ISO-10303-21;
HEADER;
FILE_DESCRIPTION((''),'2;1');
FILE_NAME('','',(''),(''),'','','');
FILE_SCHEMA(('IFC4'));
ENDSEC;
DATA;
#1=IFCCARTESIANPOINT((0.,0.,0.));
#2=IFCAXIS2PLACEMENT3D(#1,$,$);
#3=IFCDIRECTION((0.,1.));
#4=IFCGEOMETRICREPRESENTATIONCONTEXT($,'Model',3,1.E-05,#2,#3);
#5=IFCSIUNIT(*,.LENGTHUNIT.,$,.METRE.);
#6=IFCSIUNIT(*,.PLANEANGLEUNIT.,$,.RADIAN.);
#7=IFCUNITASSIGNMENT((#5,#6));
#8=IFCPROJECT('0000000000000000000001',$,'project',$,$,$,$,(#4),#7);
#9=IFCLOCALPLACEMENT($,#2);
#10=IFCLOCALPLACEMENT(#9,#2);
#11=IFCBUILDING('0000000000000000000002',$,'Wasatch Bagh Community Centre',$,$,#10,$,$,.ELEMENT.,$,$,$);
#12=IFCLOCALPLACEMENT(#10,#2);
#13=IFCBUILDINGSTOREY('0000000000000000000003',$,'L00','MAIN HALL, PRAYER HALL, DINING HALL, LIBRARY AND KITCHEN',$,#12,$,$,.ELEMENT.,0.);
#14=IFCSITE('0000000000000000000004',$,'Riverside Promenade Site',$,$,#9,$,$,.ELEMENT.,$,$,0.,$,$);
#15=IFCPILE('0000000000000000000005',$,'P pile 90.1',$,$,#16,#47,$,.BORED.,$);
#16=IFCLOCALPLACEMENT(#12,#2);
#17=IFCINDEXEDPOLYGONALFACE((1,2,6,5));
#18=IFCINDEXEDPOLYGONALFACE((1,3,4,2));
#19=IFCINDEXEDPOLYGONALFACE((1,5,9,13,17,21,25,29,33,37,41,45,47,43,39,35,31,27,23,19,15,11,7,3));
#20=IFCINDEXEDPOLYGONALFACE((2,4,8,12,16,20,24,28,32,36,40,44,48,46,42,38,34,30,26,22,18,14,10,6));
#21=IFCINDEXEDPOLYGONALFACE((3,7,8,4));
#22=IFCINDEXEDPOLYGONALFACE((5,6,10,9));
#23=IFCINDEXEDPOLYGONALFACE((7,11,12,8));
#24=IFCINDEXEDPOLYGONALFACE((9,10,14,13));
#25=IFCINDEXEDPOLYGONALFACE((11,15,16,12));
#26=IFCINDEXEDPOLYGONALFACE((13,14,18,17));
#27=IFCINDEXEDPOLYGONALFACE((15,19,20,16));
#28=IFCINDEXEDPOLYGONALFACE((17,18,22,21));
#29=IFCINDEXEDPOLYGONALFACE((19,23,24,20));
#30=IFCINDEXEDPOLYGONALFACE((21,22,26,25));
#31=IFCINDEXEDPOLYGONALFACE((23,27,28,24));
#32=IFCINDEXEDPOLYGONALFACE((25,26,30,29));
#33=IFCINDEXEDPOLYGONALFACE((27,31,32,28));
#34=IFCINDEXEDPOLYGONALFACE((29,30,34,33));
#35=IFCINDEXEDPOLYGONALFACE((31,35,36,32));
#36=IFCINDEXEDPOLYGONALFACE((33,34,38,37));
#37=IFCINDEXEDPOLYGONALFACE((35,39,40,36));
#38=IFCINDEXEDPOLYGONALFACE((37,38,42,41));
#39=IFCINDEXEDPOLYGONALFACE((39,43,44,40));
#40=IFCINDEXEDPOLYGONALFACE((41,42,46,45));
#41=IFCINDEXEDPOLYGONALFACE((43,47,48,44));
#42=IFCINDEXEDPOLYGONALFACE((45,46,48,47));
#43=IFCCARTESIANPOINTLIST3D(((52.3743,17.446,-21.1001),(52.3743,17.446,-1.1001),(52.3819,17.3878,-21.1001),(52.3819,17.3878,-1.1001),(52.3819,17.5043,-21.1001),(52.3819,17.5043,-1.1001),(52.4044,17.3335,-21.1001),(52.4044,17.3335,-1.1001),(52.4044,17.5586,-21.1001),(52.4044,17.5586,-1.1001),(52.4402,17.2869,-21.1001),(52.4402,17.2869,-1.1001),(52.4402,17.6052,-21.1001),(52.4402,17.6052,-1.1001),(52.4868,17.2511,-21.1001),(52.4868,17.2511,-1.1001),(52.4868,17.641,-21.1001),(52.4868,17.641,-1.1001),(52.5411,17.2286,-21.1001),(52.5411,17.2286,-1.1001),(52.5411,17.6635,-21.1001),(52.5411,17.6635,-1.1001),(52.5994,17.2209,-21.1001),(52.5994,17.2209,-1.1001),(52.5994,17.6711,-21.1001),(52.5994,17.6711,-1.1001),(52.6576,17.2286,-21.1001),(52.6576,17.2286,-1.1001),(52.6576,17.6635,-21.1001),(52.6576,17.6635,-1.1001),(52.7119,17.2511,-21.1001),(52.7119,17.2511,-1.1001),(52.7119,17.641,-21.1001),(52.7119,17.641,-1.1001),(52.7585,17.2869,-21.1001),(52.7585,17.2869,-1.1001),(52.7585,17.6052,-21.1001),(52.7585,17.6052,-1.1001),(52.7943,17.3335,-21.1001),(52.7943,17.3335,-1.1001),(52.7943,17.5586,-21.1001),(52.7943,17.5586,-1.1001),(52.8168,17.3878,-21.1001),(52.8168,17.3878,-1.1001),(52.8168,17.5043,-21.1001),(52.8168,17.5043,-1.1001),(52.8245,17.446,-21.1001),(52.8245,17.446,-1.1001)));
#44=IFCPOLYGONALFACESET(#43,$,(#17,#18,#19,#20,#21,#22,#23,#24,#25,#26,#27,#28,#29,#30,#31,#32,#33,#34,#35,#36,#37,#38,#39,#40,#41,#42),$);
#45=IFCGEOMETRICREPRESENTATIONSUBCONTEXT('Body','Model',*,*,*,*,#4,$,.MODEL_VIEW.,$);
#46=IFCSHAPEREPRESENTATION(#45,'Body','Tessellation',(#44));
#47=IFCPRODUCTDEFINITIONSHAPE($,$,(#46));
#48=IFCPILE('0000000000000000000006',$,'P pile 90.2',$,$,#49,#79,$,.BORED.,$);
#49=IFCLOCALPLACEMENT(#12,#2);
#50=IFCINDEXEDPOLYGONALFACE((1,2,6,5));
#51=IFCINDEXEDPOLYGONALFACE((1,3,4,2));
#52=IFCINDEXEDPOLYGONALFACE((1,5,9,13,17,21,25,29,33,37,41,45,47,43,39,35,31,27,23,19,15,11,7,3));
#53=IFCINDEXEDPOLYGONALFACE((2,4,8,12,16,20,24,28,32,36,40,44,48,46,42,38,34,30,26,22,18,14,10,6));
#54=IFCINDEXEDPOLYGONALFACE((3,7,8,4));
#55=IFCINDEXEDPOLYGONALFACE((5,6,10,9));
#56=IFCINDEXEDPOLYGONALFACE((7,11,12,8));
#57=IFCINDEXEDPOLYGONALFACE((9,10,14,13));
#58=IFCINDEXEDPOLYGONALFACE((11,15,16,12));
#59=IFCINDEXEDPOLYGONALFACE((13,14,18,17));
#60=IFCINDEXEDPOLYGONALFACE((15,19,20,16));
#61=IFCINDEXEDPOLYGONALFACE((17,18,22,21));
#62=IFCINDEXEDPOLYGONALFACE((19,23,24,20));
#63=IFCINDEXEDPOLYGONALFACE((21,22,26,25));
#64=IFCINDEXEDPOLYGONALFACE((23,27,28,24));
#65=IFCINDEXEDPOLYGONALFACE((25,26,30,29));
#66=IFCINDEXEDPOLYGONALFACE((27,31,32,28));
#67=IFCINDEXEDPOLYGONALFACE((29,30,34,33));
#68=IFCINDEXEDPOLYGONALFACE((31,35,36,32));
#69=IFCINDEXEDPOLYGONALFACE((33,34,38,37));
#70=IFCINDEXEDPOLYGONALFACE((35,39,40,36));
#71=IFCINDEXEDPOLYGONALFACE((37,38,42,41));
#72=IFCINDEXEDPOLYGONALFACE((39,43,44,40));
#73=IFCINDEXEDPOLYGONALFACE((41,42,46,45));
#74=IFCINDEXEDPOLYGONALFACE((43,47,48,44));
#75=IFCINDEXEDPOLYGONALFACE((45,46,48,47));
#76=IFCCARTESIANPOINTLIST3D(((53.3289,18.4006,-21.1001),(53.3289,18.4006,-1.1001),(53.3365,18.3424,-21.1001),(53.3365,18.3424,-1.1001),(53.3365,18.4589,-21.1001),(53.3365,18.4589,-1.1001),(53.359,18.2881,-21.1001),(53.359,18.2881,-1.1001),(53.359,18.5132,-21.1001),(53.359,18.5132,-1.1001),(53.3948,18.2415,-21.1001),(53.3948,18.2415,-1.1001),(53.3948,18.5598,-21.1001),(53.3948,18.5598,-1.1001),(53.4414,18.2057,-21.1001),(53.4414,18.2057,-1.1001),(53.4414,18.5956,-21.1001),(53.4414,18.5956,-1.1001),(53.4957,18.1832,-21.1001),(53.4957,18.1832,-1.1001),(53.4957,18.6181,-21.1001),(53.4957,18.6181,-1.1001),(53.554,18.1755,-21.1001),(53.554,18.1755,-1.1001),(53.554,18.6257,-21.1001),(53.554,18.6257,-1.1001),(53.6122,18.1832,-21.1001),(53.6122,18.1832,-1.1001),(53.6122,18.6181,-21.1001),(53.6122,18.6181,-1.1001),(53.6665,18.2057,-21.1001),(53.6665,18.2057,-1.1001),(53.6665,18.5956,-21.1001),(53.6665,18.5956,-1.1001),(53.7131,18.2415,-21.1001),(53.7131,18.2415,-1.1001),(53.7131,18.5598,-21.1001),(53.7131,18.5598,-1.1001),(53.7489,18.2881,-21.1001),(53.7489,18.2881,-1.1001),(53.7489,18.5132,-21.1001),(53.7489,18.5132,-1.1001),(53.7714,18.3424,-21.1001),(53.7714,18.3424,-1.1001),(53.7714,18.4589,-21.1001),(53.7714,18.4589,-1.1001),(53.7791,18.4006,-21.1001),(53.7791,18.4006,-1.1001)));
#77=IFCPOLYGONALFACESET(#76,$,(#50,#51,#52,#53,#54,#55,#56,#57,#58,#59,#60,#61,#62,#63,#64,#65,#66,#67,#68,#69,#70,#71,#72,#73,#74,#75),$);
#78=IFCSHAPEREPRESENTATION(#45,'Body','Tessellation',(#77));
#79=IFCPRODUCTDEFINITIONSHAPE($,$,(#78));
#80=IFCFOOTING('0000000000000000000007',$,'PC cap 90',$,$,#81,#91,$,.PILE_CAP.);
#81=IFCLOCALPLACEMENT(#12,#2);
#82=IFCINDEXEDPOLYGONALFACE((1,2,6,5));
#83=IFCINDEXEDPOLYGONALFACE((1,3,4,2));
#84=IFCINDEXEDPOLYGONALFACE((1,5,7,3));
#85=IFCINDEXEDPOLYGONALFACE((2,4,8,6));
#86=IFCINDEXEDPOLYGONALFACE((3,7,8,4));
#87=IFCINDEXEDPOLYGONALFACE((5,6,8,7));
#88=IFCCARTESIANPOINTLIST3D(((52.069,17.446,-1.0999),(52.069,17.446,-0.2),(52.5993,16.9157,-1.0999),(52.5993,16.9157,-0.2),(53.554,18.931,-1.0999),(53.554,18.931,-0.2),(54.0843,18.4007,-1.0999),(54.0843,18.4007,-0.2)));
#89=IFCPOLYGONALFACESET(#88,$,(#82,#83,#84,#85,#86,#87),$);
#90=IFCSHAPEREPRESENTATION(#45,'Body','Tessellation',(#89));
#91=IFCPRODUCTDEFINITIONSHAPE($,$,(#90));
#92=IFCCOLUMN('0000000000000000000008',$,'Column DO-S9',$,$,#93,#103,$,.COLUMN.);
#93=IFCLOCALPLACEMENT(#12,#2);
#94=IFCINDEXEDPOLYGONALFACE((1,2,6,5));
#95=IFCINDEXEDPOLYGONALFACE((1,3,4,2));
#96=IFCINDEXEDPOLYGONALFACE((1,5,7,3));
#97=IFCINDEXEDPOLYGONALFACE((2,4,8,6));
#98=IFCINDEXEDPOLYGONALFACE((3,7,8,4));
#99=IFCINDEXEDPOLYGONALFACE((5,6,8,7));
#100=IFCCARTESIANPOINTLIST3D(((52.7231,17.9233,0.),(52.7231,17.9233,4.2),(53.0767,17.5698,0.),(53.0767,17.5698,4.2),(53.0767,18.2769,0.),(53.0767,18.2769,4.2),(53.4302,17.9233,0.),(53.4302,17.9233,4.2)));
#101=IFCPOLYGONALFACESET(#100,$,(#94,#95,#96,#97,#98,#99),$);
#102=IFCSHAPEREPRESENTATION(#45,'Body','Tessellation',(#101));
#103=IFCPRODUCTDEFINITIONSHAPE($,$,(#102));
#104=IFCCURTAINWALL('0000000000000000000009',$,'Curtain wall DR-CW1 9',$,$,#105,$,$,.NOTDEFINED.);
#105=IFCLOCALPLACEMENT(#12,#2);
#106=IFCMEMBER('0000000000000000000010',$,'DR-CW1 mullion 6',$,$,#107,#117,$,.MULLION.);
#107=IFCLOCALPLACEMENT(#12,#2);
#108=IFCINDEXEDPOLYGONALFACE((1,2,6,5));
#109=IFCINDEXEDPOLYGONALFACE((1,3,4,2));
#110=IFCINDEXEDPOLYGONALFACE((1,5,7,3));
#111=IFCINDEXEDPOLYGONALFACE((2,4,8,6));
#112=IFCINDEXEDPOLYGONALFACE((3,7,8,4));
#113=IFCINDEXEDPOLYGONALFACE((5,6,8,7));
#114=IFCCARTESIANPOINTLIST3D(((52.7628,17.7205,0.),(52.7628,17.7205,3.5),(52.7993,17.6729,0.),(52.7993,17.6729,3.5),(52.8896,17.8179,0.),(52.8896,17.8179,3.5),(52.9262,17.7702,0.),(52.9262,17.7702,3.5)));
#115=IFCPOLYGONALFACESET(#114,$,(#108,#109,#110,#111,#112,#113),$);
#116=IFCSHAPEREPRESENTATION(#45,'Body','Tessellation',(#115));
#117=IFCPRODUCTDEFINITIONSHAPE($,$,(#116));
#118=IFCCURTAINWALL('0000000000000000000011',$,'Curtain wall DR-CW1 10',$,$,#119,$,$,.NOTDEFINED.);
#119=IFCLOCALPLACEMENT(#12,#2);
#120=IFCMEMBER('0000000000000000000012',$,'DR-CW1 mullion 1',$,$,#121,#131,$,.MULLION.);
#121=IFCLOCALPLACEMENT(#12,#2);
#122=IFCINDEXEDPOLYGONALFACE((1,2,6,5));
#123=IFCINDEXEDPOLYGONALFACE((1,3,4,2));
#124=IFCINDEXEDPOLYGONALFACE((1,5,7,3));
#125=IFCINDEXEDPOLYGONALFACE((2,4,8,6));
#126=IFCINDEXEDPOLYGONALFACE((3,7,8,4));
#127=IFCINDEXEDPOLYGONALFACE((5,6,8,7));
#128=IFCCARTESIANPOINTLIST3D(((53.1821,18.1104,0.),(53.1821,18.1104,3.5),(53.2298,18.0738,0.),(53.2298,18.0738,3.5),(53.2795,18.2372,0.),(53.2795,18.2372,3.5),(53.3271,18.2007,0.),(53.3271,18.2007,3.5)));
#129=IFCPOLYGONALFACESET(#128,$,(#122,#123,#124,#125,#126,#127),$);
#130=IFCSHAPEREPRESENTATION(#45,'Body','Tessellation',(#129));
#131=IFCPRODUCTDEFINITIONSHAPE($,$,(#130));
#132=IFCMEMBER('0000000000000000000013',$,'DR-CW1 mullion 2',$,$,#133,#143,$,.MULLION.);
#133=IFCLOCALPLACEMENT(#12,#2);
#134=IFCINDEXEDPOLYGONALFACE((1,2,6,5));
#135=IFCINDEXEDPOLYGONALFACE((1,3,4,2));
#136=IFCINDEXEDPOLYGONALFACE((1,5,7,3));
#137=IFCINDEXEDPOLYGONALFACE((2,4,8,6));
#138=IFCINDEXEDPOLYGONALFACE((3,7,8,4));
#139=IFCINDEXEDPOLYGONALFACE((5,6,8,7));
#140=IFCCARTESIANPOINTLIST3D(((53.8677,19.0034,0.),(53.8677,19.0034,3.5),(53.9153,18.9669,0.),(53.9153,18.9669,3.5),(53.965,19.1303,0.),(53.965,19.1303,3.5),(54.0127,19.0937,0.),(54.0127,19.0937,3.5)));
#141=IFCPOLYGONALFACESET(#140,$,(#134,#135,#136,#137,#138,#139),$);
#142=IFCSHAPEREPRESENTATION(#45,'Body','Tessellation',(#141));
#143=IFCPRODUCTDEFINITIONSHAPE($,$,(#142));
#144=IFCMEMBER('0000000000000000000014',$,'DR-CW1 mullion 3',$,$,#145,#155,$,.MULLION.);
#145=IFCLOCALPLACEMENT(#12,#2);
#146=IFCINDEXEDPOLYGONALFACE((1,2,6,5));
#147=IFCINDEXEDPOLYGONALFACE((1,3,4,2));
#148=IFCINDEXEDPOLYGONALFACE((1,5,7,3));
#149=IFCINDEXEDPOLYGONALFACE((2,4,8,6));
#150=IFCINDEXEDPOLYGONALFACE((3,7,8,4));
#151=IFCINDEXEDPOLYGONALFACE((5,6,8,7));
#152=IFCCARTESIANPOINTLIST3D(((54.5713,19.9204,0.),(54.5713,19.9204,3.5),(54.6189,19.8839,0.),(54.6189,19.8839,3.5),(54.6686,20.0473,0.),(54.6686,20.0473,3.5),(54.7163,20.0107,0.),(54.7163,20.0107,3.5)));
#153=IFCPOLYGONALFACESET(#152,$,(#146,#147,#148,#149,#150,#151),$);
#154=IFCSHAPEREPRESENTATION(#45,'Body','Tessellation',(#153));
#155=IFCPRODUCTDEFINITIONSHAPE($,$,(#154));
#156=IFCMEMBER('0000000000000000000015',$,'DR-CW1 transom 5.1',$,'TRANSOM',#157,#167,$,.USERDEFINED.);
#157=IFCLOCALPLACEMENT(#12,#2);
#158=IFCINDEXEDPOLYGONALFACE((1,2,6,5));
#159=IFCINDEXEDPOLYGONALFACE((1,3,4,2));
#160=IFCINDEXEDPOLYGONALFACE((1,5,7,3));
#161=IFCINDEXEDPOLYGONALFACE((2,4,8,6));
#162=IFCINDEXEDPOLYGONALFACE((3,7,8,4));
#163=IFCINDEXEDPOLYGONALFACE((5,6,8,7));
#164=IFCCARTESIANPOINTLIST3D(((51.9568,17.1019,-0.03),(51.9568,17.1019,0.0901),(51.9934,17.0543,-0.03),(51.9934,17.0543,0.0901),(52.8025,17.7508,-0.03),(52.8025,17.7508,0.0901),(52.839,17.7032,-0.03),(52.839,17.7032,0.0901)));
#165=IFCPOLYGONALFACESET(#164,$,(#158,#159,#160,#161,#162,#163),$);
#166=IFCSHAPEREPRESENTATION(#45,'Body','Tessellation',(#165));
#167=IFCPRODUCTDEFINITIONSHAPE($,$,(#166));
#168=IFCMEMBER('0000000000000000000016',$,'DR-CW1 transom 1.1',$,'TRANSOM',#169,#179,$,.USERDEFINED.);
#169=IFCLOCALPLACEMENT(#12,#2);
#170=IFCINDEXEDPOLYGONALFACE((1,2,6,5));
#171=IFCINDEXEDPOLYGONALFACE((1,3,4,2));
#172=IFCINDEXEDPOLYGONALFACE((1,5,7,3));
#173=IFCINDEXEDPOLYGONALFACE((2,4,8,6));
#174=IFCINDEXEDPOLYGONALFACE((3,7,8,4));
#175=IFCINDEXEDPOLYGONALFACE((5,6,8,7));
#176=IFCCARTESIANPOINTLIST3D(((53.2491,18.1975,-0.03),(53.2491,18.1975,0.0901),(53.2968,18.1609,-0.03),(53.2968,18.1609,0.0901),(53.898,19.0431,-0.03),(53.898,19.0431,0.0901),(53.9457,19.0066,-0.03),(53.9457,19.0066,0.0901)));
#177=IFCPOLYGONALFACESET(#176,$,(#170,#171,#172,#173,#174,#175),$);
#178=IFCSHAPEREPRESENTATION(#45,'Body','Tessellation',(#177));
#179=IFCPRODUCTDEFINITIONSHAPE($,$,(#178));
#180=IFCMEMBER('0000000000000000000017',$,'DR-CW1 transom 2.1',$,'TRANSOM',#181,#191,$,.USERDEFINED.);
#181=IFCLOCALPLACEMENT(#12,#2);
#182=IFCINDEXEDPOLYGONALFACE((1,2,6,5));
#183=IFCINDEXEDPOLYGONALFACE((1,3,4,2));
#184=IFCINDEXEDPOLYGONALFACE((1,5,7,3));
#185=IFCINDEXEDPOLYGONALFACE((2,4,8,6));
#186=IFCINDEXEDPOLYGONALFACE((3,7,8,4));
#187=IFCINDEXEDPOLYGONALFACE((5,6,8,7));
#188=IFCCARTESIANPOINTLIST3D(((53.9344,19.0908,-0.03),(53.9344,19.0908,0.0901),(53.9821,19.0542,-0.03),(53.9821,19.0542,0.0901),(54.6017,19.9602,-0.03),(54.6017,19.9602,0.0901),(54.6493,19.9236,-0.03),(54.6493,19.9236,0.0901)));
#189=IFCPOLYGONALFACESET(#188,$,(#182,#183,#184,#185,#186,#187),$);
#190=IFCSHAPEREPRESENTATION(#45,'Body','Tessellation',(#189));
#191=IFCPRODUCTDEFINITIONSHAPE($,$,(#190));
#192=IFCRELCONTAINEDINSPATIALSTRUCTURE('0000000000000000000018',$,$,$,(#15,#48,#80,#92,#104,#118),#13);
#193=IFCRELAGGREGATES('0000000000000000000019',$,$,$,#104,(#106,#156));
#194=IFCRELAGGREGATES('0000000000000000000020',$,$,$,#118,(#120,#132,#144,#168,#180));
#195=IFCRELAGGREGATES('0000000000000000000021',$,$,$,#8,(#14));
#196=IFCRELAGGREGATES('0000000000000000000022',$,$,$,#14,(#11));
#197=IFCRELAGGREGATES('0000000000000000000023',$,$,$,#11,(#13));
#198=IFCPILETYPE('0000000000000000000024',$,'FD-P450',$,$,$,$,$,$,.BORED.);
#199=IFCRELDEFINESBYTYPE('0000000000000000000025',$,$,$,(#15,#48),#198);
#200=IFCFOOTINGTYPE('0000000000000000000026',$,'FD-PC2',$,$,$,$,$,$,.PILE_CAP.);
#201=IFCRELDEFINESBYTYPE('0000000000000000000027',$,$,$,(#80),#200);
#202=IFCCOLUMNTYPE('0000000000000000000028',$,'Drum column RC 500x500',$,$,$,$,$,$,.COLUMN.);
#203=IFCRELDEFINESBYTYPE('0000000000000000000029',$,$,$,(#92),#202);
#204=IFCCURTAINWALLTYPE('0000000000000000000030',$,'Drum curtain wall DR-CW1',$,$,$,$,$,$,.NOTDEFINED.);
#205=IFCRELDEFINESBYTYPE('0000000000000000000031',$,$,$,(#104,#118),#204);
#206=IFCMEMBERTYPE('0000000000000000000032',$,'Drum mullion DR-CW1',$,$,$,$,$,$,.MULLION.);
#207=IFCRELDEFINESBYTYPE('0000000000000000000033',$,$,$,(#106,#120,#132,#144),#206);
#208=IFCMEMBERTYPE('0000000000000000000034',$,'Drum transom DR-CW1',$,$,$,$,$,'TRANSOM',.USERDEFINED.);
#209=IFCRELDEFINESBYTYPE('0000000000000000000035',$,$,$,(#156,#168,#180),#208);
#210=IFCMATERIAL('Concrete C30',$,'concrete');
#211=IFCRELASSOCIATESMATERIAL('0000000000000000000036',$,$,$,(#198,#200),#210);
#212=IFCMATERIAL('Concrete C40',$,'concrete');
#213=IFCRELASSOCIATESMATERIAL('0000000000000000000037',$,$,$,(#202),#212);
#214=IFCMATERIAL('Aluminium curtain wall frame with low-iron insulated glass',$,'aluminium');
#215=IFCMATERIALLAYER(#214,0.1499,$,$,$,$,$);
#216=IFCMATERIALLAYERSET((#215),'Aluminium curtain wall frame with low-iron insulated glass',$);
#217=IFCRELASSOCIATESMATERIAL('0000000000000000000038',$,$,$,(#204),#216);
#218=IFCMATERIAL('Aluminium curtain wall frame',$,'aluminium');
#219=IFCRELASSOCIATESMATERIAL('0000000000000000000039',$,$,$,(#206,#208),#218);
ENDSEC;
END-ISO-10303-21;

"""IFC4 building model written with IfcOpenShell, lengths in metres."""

from ifc_helpers import new_model, si_unit, direction, frame, origin, origin_2d, place, context, subcontext, project, spatial, rectangle, circle, extrude, material, layer, layer_set, material_profile, profile_set, type_object, element, aggregate, save


model = new_model("IFC4")

# Units and contexts
model_context = context("Model", 3, precision=1e-05, world=origin(), true_north=direction((0.0, 1.0)))
body_context = subcontext(model_context, "Body", "Model", "MODEL_VIEW")
ifc_project = project(units=[si_unit("LENGTHUNIT", "METRE"), si_unit("PLANEANGLEUNIT", "RADIAN")], contexts=[model_context])

# Site, building, storey
site_placement = place(None, origin())
site = spatial("IfcSite", under=ifc_project, at=site_placement, Name="Riverside Promenade Site", CompositionType="ELEMENT", RefElevation=0.0)
building_placement = place(site_placement, origin())
building = spatial("IfcBuilding", under=site, at=building_placement, Name="Wasatch Bagh Community Centre", CompositionType="ELEMENT")
storey_placement = place(building_placement, origin())
storey = spatial("IfcBuildingStorey", under=building, at=storey_placement, Name="L00", Description="MAIN HALL, PRAYER HALL, DINING HALL, LIBRARY AND KITCHEN", CompositionType="ELEMENT", Elevation=0.0)

# Piles
ifc_material_1 = material(Name="Concrete C30", Category="concrete")
ifc_material_profile_1 = material_profile(ifc_material_1, circle(Radius=0.2251, at=origin_2d()), Name="RC D450")
ifc_profile_set_1 = profile_set([ifc_material_profile_1], Name="Concrete C30")
pile_type = type_object("IfcPileType", Name="FD-P450", PredefinedType="BORED", material=ifc_profile_set_1)
for number, where, z_axis, x_axis, name in (
    (1, (52.5994, 17.446, -1.1001), (0.0, 0.0, -1.0), (1.0, 0.0, 0.0), "P pile 90.1"),
    (2, (53.554, 18.4006, -1.1001), (0.0, 0.0, -1.0), (1.0, 0.0, 0.0), "P pile 90.2"),
):
    element("IfcPile", number, at=place(storey_placement, frame(where, z_axis=z_axis, x_axis=x_axis)), inside=storey, type_object=pile_type, Name=name, PredefinedType="BORED", context=body_context, shape_type="SweptSolid", body=[
        extrude(circle(Radius=0.2251, at=origin_2d()), origin(), (0.0, 0.0, 1.0), 20.0),
    ])

# Footing
footing_type = type_object("IfcFootingType", Name="FD-PC2", PredefinedType="PILE_CAP", material=ifc_material_1)
footing_placement = place(storey_placement, frame((53.0767, 17.9233, -1.0999), z_axis=(0.0, 0.0, 1.0), x_axis=(0.707107, 0.707107, 0.0)))
element("IfcFooting", 3, at=footing_placement, inside=storey, type_object=footing_type, Name="PC cap 90", PredefinedType="PILE_CAP", context=body_context, shape_type="SweptSolid", body=[
    extrude(rectangle(XDim=2.1001, YDim=0.75, at=origin_2d()), origin(), (0.0, 0.0, 1.0), 0.8999),
])

# Column
ifc_material_2 = material(Name="Concrete C40", Category="concrete")
ifc_material_profile_2 = material_profile(ifc_material_2, rectangle(XDim=0.5, YDim=0.5, at=origin_2d()), Name="RC 500x500")
ifc_profile_set_2 = profile_set([ifc_material_profile_2], Name="Concrete C40")
column_type = type_object("IfcColumnType", Name="Drum column RC 500x500", PredefinedType="COLUMN", material=ifc_profile_set_2)
column_placement = place(storey_placement, frame((53.0767, 17.9233, 0.0), z_axis=(0.0, 0.0, 1.0), x_axis=(0.707107, 0.707107, 0.0)))
element("IfcColumn", 4, at=column_placement, inside=storey, type_object=column_type, Name="Column DO-S9", PredefinedType="COLUMN", context=body_context, shape_type="SweptSolid", body=[
    extrude(rectangle(XDim=0.5, YDim=0.5, at=origin_2d()), origin(), (0.0, 0.0, 1.0), 4.2),
])

# Curtain wall, member
ifc_material_3 = material(Name="Aluminium curtain wall frame with low-iron insulated glass", Category="aluminium")
ifc_layer_1 = layer(ifc_material_3, 0.1499)
ifc_layer_set_1 = layer_set([ifc_layer_1], Name="Aluminium curtain wall frame with low-iron insulated glass")
curtain_wall_type = type_object("IfcCurtainWallType", Name="Drum curtain wall DR-CW1", PredefinedType="NOTDEFINED", material=ifc_layer_set_1)
curtain_wall_1_placement = place(storey_placement, origin())
curtain_wall_1 = element("IfcCurtainWall", 5, at=curtain_wall_1_placement, inside=storey, type_object=curtain_wall_type, Name="Curtain wall DR-CW1 9", PredefinedType="NOTDEFINED")
ifc_material_4 = material(Name="Aluminium curtain wall frame", Category="aluminium")
ifc_material_profile_3 = material_profile(ifc_material_4, rectangle(XDim=0.0601, YDim=0.1599, at=origin_2d()), Name="Drum mullion DR-CW1")
ifc_profile_set_3 = profile_set([ifc_material_profile_3], Name="Aluminium curtain wall frame")
member_type_1 = type_object("IfcMemberType", Name="Drum mullion DR-CW1", PredefinedType="MULLION", material=ifc_profile_set_3)
member_1_placement = place(storey_placement, frame((52.8445, 17.7454, 0.0), z_axis=(0.0, 0.0, 1.0), x_axis=(-0.608761, 0.793353, 0.0)))
member_1 = element("IfcMember", 6, at=member_1_placement, type_object=member_type_1, Name="DR-CW1 mullion 6", PredefinedType="MULLION", context=body_context, shape_type="SweptSolid", body=[
    extrude(rectangle(XDim=0.0601, YDim=0.1599, at=origin_2d()), origin(), (0.0, 0.0, 1.0), 3.5),
])

# Curtain wall, members
curtain_wall_2_placement = place(storey_placement, origin())
curtain_wall_2 = element("IfcCurtainWall", 7, at=curtain_wall_2_placement, inside=storey, type_object=curtain_wall_type, Name="Curtain wall DR-CW1 10", PredefinedType="NOTDEFINED")
member_2_placement = place(storey_placement, frame((53.2546, 18.1555, 0.0), z_axis=(0.0, 0.0, 1.0), x_axis=(-0.793353, 0.608761, 0.0)))
member_2 = element("IfcMember", 8, at=member_2_placement, type_object=member_type_1, Name="DR-CW1 mullion 1", PredefinedType="MULLION", context=body_context, shape_type="SweptSolid", body=[
    extrude(rectangle(XDim=0.0601, YDim=0.1599, at=origin_2d()), origin(), (0.0, 0.0, 1.0), 3.5),
])
member_3_placement = place(storey_placement, frame((53.9402, 19.0486, 0.0), z_axis=(0.0, 0.0, 1.0), x_axis=(-0.793353, 0.608761, 0.0)))
member_3 = element("IfcMember", 9, at=member_3_placement, type_object=member_type_1, Name="DR-CW1 mullion 2", PredefinedType="MULLION", context=body_context, shape_type="SweptSolid", body=[
    extrude(rectangle(XDim=0.0601, YDim=0.1599, at=origin_2d()), origin(), (0.0, 0.0, 1.0), 3.5),
])
member_4_placement = place(storey_placement, frame((54.6438, 19.9656, 0.0), z_axis=(0.0, 0.0, 1.0), x_axis=(-0.793353, 0.608761, 0.0)))
member_4 = element("IfcMember", 10, at=member_4_placement, type_object=member_type_1, Name="DR-CW1 mullion 3", PredefinedType="MULLION", context=body_context, shape_type="SweptSolid", body=[
    extrude(rectangle(XDim=0.0601, YDim=0.1599, at=origin_2d()), origin(), (0.0, 0.0, 1.0), 3.5),
])

# Members
ifc_material_profile_4 = material_profile(ifc_material_4, rectangle(XDim=0.0601, YDim=0.1201, at=origin_2d()), Name="Drum transom DR-CW1")
ifc_profile_set_4 = profile_set([ifc_material_profile_4], Name="Aluminium curtain wall frame")
member_type_2 = type_object("IfcMemberType", Name="Drum transom DR-CW1", ElementType="TRANSOM", PredefinedType="USERDEFINED", material=ifc_profile_set_4)
member_5_placement = place(storey_placement, frame((51.9751, 17.0781, 0.03), z_axis=(0.793356, 0.608758, 0.0), x_axis=(-0.608758, 0.793356, 0.0)))
member_5 = element("IfcMember", 11, at=member_5_placement, type_object=member_type_2, Name="DR-CW1 transom 5.1", ObjectType="TRANSOM", PredefinedType="USERDEFINED", context=body_context, shape_type="SweptSolid", body=[
    extrude(rectangle(XDim=0.0601, YDim=0.1201, at=origin_2d()), origin(), (0.0, 0.0, 1.0), 1.0659),
])
member_6_placement = place(storey_placement, frame((53.2729, 18.1792, 0.03), z_axis=(0.608758, 0.793356, 0.0), x_axis=(-0.793356, 0.608758, 0.0)))
member_6 = element("IfcMember", 12, at=member_6_placement, type_object=member_type_2, Name="DR-CW1 transom 1.1", ObjectType="TRANSOM", PredefinedType="USERDEFINED", context=body_context, shape_type="SweptSolid", body=[
    extrude(rectangle(XDim=0.0601, YDim=0.1201, at=origin_2d()), origin(), (0.0, 0.0, 1.0), 1.0659),
])
member_7_placement = place(storey_placement, frame((53.9583, 19.0725, 0.03), z_axis=(0.608838, 0.793294, 0.0), x_axis=(-0.793294, 0.608838, 0.0)))
member_7 = element("IfcMember", 13, at=member_7_placement, type_object=member_type_2, Name="DR-CW1 transom 2.1", ObjectType="TRANSOM", PredefinedType="USERDEFINED", context=body_context, shape_type="SweptSolid", body=[
    extrude(rectangle(XDim=0.0601, YDim=0.1201, at=origin_2d()), origin(), (0.0, 0.0, 1.0), 1.0959),
])

aggregate(curtain_wall_1, [member_1, member_5])
aggregate(curtain_wall_2, [member_2, member_3, member_4, member_6, member_7])

save(model, "model.ifc")
